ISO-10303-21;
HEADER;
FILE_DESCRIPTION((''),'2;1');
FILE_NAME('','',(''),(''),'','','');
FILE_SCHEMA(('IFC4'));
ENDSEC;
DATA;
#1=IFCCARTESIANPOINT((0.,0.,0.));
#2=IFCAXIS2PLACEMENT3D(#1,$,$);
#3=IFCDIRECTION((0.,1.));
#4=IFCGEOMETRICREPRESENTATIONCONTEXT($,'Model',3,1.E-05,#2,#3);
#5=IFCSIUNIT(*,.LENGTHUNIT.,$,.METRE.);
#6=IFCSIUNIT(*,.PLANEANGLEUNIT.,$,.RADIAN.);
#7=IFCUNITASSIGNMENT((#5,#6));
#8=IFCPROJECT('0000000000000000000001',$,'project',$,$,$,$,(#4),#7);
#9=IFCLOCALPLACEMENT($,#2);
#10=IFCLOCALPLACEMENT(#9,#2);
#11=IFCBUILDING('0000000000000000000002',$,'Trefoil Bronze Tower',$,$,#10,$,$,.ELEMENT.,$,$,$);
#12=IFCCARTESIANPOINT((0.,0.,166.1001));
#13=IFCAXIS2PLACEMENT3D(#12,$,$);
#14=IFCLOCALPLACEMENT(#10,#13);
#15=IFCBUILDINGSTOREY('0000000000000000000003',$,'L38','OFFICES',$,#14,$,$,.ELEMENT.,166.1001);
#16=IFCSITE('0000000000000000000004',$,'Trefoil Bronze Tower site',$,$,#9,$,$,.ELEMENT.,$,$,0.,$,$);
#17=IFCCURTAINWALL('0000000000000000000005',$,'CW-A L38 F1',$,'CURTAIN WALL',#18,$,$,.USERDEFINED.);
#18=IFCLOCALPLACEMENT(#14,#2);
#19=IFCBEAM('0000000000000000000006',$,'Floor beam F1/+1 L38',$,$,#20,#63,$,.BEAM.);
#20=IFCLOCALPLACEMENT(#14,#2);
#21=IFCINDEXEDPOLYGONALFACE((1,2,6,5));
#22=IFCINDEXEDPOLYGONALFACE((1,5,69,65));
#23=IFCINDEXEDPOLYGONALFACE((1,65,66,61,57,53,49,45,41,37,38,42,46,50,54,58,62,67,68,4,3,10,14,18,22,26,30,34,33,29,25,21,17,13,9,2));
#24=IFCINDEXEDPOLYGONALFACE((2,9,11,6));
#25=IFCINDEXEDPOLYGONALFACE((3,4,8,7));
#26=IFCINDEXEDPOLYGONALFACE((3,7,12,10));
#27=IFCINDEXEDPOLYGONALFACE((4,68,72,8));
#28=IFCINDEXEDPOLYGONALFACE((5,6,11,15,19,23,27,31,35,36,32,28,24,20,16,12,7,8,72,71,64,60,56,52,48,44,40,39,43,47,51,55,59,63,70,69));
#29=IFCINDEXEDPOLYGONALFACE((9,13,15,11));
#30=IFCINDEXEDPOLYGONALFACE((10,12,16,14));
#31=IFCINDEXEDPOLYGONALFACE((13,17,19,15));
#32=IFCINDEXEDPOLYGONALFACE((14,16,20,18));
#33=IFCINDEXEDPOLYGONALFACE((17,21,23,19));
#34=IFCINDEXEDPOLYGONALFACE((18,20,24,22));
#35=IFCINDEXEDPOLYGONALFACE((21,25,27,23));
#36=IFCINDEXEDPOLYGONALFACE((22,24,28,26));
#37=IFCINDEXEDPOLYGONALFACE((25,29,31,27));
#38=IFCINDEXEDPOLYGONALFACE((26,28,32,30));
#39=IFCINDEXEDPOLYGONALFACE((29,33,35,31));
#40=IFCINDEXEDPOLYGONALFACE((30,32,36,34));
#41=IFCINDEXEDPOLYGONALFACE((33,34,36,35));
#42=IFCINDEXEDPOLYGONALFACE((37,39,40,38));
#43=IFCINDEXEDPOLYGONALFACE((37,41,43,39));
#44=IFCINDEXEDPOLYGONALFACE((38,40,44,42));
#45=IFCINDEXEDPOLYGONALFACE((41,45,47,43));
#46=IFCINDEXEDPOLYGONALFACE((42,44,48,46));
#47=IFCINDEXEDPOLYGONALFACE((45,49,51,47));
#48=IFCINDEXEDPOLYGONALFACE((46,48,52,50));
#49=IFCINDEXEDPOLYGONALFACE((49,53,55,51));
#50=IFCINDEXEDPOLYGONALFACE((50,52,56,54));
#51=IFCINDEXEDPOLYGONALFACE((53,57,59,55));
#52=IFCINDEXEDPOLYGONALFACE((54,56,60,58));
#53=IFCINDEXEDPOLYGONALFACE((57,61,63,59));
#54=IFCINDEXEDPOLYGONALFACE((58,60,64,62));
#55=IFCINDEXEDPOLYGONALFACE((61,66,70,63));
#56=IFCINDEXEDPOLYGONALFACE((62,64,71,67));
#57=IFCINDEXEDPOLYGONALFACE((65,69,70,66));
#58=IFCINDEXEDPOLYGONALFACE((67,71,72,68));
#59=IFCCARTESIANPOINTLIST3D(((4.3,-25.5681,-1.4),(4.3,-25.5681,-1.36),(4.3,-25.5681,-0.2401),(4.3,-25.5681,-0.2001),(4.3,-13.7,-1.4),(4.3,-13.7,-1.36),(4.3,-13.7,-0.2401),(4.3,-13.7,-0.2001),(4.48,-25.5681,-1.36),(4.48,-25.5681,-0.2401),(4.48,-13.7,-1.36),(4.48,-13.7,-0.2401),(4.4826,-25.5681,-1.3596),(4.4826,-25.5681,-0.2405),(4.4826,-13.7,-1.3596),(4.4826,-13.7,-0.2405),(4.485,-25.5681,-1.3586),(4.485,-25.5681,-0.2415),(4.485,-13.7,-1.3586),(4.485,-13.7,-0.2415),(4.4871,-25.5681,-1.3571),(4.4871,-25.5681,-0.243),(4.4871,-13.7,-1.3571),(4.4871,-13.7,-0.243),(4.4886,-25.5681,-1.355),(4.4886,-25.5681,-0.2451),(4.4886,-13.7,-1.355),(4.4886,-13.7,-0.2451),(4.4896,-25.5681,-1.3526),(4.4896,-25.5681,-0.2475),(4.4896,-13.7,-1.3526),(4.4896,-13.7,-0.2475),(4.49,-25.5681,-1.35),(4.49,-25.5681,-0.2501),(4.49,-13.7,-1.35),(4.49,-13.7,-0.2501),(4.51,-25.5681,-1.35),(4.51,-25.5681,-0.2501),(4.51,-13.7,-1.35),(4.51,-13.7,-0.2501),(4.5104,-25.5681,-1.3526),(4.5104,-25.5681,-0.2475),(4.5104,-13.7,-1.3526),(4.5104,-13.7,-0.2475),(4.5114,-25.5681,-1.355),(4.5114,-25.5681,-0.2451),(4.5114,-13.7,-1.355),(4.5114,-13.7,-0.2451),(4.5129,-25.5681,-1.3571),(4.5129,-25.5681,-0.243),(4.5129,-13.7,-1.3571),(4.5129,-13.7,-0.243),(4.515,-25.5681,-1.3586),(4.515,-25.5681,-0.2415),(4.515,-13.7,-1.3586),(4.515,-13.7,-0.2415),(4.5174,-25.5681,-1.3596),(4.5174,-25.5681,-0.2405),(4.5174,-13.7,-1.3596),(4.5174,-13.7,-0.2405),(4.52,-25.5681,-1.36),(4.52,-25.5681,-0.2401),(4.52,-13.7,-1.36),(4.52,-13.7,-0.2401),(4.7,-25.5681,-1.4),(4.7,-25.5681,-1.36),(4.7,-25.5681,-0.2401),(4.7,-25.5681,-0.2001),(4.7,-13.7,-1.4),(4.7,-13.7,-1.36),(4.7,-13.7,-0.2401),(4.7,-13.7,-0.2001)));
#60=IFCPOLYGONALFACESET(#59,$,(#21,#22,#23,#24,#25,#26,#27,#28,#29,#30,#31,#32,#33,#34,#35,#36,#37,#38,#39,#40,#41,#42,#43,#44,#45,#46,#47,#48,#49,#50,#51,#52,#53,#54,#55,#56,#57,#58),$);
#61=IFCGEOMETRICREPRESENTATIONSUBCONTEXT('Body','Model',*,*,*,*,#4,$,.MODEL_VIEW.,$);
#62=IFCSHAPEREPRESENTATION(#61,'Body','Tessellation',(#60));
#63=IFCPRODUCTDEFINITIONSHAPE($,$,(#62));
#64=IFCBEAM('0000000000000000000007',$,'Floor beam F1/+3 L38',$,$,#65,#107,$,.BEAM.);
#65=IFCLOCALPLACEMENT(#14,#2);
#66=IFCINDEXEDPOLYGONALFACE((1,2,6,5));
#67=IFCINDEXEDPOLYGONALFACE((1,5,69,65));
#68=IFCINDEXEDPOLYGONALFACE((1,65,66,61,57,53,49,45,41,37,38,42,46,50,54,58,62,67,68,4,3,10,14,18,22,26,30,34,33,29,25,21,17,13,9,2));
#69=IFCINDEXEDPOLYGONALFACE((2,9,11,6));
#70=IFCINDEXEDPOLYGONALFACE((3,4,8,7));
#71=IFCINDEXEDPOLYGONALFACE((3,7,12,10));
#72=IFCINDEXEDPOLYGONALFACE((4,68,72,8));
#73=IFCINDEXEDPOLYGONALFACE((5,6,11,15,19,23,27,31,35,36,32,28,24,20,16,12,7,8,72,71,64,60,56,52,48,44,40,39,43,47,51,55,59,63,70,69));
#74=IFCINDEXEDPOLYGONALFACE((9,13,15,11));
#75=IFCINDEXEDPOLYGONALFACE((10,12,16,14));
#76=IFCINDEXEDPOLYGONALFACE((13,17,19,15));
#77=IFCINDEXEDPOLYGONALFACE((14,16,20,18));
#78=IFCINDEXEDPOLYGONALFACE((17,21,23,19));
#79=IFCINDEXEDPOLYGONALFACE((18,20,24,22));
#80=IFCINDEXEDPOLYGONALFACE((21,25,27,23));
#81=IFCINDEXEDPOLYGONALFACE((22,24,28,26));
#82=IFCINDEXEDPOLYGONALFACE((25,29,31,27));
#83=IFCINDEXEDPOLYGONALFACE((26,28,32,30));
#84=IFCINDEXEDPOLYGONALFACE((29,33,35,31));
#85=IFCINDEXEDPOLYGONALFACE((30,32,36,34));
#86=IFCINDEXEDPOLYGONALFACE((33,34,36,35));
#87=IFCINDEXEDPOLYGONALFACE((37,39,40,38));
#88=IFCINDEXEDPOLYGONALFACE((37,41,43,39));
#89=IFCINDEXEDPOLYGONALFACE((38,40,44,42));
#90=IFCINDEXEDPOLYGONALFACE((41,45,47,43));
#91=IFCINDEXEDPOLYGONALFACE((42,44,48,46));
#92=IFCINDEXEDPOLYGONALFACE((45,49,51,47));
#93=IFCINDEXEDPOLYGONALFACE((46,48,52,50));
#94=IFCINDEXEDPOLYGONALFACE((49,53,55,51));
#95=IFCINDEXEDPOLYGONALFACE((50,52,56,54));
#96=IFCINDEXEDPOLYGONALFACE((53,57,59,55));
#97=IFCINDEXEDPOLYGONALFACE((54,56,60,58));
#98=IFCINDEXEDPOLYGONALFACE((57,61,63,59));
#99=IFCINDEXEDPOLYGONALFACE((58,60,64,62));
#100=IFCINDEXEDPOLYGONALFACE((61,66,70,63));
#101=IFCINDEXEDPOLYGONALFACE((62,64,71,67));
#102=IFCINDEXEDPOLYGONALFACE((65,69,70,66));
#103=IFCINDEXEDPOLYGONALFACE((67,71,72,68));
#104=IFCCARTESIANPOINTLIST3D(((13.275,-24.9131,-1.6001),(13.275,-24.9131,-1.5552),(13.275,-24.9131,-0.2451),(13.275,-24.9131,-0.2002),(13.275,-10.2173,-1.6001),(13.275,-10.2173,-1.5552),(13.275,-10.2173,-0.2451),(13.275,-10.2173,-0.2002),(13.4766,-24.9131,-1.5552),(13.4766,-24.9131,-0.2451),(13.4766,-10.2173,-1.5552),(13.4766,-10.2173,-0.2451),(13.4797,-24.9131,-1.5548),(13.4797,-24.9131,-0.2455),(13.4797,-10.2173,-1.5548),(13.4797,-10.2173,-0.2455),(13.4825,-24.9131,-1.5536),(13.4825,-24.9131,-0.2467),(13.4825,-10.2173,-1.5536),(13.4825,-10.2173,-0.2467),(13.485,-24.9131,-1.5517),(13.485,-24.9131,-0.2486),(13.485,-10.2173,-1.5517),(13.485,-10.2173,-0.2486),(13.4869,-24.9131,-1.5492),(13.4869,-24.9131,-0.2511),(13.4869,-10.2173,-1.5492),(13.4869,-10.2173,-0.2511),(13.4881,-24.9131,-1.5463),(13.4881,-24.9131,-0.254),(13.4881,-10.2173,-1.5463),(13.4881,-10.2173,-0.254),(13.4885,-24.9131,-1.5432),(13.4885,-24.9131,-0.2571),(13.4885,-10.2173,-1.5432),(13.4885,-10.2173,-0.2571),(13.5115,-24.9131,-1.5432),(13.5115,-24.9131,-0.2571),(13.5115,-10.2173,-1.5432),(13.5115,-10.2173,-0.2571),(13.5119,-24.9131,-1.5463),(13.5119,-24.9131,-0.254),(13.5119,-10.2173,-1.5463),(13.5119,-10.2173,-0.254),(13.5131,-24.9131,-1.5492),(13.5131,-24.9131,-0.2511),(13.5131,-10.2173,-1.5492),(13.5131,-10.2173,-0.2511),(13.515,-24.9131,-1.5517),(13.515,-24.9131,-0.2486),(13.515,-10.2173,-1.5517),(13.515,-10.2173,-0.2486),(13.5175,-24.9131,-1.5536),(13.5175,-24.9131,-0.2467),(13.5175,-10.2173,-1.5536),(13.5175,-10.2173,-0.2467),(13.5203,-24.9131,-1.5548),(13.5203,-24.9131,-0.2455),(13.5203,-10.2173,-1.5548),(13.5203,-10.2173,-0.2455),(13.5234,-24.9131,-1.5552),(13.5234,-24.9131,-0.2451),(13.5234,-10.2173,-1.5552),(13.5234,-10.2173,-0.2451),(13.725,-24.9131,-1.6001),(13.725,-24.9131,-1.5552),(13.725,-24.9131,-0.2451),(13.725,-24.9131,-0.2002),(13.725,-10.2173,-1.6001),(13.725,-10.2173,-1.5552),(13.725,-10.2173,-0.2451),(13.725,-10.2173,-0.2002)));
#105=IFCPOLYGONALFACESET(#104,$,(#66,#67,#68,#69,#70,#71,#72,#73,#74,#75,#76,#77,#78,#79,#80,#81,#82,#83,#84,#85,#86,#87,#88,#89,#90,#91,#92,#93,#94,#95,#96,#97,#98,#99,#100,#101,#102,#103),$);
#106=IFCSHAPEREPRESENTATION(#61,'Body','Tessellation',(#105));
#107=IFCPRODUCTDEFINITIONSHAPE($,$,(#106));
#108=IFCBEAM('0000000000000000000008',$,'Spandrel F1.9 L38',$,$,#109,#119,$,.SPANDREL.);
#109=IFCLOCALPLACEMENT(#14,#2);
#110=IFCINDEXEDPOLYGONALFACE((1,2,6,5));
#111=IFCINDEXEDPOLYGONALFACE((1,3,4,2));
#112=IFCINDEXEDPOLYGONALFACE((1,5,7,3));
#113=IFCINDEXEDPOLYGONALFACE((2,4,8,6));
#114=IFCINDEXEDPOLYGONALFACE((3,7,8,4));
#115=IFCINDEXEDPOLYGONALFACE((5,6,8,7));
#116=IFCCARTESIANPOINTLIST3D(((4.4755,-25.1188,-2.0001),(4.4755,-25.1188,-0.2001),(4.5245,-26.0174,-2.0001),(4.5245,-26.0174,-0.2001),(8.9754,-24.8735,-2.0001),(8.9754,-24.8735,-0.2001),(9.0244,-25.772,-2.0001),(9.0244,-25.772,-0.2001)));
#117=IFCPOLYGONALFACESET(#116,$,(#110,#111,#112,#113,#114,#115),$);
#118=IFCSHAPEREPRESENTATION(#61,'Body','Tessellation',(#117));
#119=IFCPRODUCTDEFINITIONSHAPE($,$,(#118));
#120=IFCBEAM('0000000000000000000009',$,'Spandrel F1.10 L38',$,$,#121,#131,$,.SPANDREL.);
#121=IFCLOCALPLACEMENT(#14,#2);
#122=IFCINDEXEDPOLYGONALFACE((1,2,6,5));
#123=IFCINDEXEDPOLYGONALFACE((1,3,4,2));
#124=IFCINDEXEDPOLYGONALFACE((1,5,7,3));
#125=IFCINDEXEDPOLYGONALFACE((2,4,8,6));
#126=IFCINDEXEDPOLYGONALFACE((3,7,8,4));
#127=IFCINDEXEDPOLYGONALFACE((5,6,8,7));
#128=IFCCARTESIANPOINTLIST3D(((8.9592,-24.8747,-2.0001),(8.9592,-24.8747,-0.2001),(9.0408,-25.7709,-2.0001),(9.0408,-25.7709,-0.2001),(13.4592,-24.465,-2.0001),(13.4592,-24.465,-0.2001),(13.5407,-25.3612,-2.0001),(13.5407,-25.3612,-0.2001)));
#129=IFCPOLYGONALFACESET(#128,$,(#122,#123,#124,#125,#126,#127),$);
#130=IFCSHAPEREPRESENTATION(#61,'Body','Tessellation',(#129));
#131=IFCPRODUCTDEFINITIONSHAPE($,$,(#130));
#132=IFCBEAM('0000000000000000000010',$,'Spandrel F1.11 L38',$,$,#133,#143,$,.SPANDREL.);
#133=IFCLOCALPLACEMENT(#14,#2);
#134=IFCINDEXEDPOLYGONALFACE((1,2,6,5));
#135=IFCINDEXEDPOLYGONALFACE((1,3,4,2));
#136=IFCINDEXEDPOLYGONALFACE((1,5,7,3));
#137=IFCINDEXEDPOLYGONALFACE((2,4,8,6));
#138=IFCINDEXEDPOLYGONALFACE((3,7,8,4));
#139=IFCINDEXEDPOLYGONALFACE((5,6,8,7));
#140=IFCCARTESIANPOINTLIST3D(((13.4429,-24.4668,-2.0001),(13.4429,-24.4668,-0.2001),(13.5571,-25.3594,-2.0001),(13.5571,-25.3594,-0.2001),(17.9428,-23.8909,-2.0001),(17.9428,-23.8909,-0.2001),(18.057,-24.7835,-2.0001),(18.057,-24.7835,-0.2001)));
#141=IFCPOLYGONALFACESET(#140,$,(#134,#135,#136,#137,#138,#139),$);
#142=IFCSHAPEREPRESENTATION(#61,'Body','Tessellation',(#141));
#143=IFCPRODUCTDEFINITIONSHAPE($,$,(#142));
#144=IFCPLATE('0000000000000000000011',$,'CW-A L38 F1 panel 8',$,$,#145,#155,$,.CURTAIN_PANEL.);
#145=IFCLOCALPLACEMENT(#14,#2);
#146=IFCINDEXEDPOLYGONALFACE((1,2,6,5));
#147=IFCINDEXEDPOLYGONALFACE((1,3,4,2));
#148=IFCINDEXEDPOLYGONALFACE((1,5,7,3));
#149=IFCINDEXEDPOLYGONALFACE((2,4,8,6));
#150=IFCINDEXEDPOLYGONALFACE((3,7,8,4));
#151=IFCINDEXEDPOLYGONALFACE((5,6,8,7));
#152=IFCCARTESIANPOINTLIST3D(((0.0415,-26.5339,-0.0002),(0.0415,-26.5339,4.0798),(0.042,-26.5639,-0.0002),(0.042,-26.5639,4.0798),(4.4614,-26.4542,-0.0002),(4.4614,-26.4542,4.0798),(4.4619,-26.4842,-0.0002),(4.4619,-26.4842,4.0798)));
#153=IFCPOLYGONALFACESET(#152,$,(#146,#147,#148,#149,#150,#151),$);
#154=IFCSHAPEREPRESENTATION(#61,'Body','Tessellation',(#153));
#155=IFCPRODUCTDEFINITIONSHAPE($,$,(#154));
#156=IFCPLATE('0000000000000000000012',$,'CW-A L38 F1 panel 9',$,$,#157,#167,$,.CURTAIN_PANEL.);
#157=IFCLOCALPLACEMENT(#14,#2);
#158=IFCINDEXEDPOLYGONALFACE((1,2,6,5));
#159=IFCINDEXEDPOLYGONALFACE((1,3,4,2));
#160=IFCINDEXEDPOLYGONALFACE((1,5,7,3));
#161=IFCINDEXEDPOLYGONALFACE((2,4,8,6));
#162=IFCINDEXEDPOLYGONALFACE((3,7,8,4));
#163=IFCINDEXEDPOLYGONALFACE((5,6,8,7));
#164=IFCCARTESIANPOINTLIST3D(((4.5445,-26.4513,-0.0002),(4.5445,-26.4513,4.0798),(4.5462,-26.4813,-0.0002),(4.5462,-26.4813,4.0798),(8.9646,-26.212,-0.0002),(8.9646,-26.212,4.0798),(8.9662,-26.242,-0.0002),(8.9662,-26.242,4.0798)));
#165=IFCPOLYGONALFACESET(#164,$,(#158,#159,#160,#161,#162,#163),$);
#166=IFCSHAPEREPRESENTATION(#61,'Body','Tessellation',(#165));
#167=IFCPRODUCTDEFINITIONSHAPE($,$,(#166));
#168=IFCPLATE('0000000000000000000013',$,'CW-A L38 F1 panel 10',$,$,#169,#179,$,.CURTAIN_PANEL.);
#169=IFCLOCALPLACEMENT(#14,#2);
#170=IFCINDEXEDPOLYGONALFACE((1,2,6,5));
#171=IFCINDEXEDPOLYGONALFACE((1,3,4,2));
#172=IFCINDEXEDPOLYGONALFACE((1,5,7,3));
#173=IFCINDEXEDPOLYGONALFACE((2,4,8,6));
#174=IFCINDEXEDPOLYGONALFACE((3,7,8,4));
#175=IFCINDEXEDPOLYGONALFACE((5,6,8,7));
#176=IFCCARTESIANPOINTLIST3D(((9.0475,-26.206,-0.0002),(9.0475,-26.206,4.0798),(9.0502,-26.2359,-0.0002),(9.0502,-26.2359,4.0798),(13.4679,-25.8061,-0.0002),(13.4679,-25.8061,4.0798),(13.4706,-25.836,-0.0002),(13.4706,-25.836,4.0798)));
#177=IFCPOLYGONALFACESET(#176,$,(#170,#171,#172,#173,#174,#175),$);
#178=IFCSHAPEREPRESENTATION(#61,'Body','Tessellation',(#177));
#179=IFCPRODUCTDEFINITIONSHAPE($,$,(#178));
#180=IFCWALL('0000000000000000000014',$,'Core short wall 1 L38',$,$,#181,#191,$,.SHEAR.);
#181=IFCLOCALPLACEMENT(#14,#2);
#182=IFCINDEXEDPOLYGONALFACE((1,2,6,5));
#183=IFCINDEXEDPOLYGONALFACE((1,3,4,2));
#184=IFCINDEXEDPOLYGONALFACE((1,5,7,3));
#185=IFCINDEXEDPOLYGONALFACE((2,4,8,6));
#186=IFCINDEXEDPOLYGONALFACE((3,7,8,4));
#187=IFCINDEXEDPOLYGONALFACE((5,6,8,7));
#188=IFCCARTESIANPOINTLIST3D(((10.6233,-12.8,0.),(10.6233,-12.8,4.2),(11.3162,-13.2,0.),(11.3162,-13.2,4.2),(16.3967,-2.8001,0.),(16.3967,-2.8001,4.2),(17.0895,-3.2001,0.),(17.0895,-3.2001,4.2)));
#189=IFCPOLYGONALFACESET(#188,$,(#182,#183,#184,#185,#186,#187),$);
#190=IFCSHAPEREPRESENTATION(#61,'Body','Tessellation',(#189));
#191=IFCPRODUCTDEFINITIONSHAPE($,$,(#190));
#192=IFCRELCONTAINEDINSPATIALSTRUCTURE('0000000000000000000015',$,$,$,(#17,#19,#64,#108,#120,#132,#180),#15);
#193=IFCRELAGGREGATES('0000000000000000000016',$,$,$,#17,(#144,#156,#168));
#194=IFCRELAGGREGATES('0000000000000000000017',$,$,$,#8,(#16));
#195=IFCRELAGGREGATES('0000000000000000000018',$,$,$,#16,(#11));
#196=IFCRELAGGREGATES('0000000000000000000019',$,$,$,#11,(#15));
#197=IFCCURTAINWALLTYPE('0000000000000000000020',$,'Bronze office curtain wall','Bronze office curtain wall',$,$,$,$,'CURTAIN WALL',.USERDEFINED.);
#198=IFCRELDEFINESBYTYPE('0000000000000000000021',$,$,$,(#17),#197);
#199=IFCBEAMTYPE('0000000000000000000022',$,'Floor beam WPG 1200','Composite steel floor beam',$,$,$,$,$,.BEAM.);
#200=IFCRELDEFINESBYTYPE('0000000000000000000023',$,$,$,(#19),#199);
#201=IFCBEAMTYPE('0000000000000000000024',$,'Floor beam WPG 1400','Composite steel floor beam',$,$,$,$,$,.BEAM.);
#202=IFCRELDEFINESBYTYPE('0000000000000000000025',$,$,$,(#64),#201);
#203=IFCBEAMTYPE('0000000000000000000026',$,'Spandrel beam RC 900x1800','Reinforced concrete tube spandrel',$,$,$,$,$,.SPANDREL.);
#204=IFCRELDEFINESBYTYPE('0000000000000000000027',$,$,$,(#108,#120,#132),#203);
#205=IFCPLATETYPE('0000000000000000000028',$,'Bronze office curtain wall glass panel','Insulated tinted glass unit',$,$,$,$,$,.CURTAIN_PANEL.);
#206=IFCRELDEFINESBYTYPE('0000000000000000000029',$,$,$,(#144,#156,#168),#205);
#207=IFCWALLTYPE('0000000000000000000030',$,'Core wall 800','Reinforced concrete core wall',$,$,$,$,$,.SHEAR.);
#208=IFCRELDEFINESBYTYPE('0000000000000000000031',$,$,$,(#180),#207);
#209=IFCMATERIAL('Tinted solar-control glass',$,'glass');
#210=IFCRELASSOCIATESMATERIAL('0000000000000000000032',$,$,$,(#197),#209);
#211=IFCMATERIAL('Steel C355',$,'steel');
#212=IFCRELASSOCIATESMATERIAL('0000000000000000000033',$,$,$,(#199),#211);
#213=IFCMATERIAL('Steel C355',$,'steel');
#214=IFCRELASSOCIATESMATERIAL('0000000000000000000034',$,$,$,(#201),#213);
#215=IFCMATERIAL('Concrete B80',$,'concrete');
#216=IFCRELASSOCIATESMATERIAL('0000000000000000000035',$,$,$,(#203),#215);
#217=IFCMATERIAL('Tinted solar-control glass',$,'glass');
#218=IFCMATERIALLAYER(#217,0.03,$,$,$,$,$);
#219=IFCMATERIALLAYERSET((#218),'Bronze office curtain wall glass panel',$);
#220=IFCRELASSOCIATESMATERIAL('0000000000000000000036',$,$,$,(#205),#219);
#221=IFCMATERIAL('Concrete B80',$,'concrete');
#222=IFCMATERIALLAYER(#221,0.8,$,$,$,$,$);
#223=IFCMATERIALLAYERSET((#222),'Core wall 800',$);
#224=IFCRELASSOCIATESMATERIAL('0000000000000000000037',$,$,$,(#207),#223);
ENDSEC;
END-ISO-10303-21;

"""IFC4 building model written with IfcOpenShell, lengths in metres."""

from ifc_helpers import new_model, si_unit, direction, frame, frame_2d, origin, origin_2d, place, context, subcontext, project, spatial, rectangle, i_section, extrude, material, layer, layer_set, material_profile, profile_set, type_object, element, aggregate, save


model = new_model("IFC4")

# Units and contexts
model_context = context("Model", 3, precision=1e-05, world=origin(), true_north=direction((0.0, 1.0)))
body_context = subcontext(model_context, "Body", "Model", "MODEL_VIEW")
ifc_project = project(units=[si_unit("LENGTHUNIT", "METRE"), si_unit("PLANEANGLEUNIT", "RADIAN")], contexts=[model_context])

# Site, building, storey
site_placement = place(None, origin())
site = spatial("IfcSite", under=ifc_project, at=site_placement, Name="Trefoil Bronze Tower site", CompositionType="ELEMENT", RefElevation=0.0)
building_placement = place(site_placement, origin())
building = spatial("IfcBuilding", under=site, at=building_placement, Name="Trefoil Bronze Tower", CompositionType="ELEMENT")
storey_placement = place(building_placement, frame((0.0, 0.0, 166.1001)))
storey = spatial("IfcBuildingStorey", under=building, at=storey_placement, Name="L38", Description="OFFICES", CompositionType="ELEMENT", Elevation=166.1001)

# Curtain wall
ifc_material_1 = material(Name="Tinted solar-control glass", Category="glass")
curtain_wall_type = type_object("IfcCurtainWallType", Name="Bronze office curtain wall", Description="Bronze office curtain wall", ElementType="CURTAIN WALL", PredefinedType="USERDEFINED", material=ifc_material_1)
curtain_wall_placement = place(storey_placement, origin())
curtain_wall = element("IfcCurtainWall", 1, at=curtain_wall_placement, inside=storey, type_object=curtain_wall_type, Name="CW-A L38 F1", ObjectType="CURTAIN WALL", PredefinedType="USERDEFINED")

# Beams
ifc_material_2 = material(Name="Steel C355", Category="steel")
ifc_material_profile_1 = material_profile(ifc_material_2, i_section(OverallWidth=0.3999, OverallDepth=1.2, WebThickness=0.02, FlangeThickness=0.04, FilletRadius=0.01, at=origin_2d()), Name="WPG 1200")
ifc_profile_set_1 = profile_set([ifc_material_profile_1], Name="Steel C355")
beam_type_1 = type_object("IfcBeamType", Name="Floor beam WPG 1200", Description="Composite steel floor beam", PredefinedType="BEAM", material=ifc_profile_set_1)
beam_1_placement = place(storey_placement, frame((4.5, -25.5681, -0.8), z_axis=(0.0, 1.0, 0.0), x_axis=(-1.0, 0.0, 0.0)))
element("IfcBeam", 2, at=beam_1_placement, inside=storey, type_object=beam_type_1, Name="Floor beam F1/+1 L38", PredefinedType="BEAM", context=body_context, shape_type="SweptSolid", body=[
    extrude(i_section(OverallWidth=0.3999, OverallDepth=1.2, WebThickness=0.02, FlangeThickness=0.04, FilletRadius=0.01, at=origin_2d()), origin(), (0.0, 0.0, 1.0), 11.8682),
])
ifc_material_3 = material(Name="Steel C355", Category="steel")
ifc_material_profile_2 = material_profile(ifc_material_3, i_section(OverallWidth=0.45, OverallDepth=1.3999, WebThickness=0.0229, FlangeThickness=0.0449, FilletRadius=0.012, at=origin_2d()), Name="WPG 1400")
ifc_profile_set_2 = profile_set([ifc_material_profile_2], Name="Steel C355")
beam_type_2 = type_object("IfcBeamType", Name="Floor beam WPG 1400", Description="Composite steel floor beam", PredefinedType="BEAM", material=ifc_profile_set_2)
beam_2_placement = place(storey_placement, frame((13.5, -24.9131, -0.9001), z_axis=(0.0, 1.0, 0.0), x_axis=(-1.0, 0.0, 0.0)))
element("IfcBeam", 3, at=beam_2_placement, inside=storey, type_object=beam_type_2, Name="Floor beam F1/+3 L38", PredefinedType="BEAM", context=body_context, shape_type="SweptSolid", body=[
    extrude(i_section(OverallWidth=0.45, OverallDepth=1.3999, WebThickness=0.0229, FlangeThickness=0.0449, FilletRadius=0.012, at=origin_2d()), origin(), (0.0, 0.0, 1.0), 14.6958),
])
ifc_material_4 = material(Name="Concrete B80", Category="concrete")
ifc_material_profile_3 = material_profile(ifc_material_4, rectangle(XDim=0.8999, YDim=1.8, at=origin_2d()), Name="RC 900x1800")
ifc_profile_set_3 = profile_set([ifc_material_profile_3], Name="Concrete B80")
beam_type_3 = type_object("IfcBeamType", Name="Spandrel beam RC 900x1800", Description="Reinforced concrete tube spandrel", PredefinedType="SPANDREL", material=ifc_profile_set_3)
beam_3_placement = place(storey_placement, frame((4.5, -25.5681, -1.1001), z_axis=(0.998517, 0.054444, 0.0), x_axis=(-0.054444, 0.998517, 0.0)))
element("IfcBeam", 4, at=beam_3_placement, inside=storey, type_object=beam_type_3, Name="Spandrel F1.9 L38", PredefinedType="SPANDREL", context=body_context, shape_type="SweptSolid", body=[
    extrude(rectangle(XDim=0.8999, YDim=1.8, at=origin_2d()), origin(), (0.0, 0.0, 1.0), 4.5066),
])
beam_4_placement = place(storey_placement, frame((9.0, -25.3228, -1.1001), z_axis=(0.995882, 0.090662, 0.0), x_axis=(-0.090662, 0.995882, 0.0)))
element("IfcBeam", 5, at=beam_4_placement, inside=storey, type_object=beam_type_3, Name="Spandrel F1.10 L38", PredefinedType="SPANDREL", context=body_context, shape_type="SweptSolid", body=[
    extrude(rectangle(XDim=0.8999, YDim=1.8, at=origin_2d()), origin(), (0.0, 0.0, 1.0), 4.5186),
])
beam_5_placement = place(storey_placement, frame((13.5, -24.9131, -1.1001), z_axis=(0.991909, 0.126948, 0.0), x_axis=(-0.126948, 0.991909, 0.0)))
element("IfcBeam", 6, at=beam_5_placement, inside=storey, type_object=beam_type_3, Name="Spandrel F1.11 L38", PredefinedType="SPANDREL", context=body_context, shape_type="SweptSolid", body=[
    extrude(rectangle(XDim=0.8999, YDim=1.8, at=origin_2d()), origin(), (0.0, 0.0, 1.0), 4.5366),
])

# Plates
ifc_material_5 = material(Name="Tinted solar-control glass", Category="glass")
ifc_layer_1 = layer(ifc_material_5, 0.03)
ifc_layer_set_1 = layer_set([ifc_layer_1], Name="Bronze office curtain wall glass panel")
plate_type = type_object("IfcPlateType", Name="Bronze office curtain wall glass panel", Description="Insulated tinted glass unit", PredefinedType="CURTAIN_PANEL", material=ifc_layer_set_1)
plate_1_placement = place(storey_placement, frame((2.2517, -26.509, -0.0002), z_axis=(0.0, 0.0, 1.0), x_axis=(0.999838, 0.018021, 0.0)))
plate_1 = element("IfcPlate", 7, at=plate_1_placement, type_object=plate_type, Name="CW-A L38 F1 panel 8", PredefinedType="CURTAIN_PANEL", context=body_context, shape_type="SweptSolid", body=[
    extrude(rectangle(XDim=4.4207, YDim=0.03, at=origin_2d()), origin(), (0.0, 0.0, 1.0), 4.0801),
])
plate_2_placement = place(storey_placement, frame((6.7554, -26.3467, -0.0002), z_axis=(0.0, 0.0, 1.0), x_axis=(0.998538, 0.054063, 0.0)))
plate_2 = element("IfcPlate", 8, at=plate_2_placement, type_object=plate_type, Name="CW-A L38 F1 panel 9", PredefinedType="CURTAIN_PANEL", context=body_context, shape_type="SweptSolid", body=[
    extrude(rectangle(XDim=4.4265, YDim=0.03, at=origin_2d()), origin(), (0.0, 0.0, 1.0), 4.0801),
])
plate_3_placement = place(storey_placement, frame((11.259, -26.021, -0.0002), z_axis=(0.0, 0.0, 1.0), x_axis=(0.995932, 0.090105, 0.0)))
plate_3 = element("IfcPlate", 9, at=plate_3_placement, type_object=plate_type, Name="CW-A L38 F1 panel 10", PredefinedType="CURTAIN_PANEL", context=body_context, shape_type="SweptSolid", body=[
    extrude(rectangle(XDim=4.4385, YDim=0.03, at=origin_2d()), origin(), (0.0, 0.0, 1.0), 4.0801),
])
aggregate(curtain_wall, [plate_1, plate_2, plate_3])

# Wall
ifc_material_6 = material(Name="Concrete B80", Category="concrete")
ifc_layer_2 = layer(ifc_material_6, 0.8)
ifc_layer_set_2 = layer_set([ifc_layer_2], Name="Core wall 800")
wall_type_1 = type_object("IfcWallType", Name="Core wall 800", Description="Reinforced concrete core wall", PredefinedType="SHEAR", material=ifc_layer_set_2)
wall_1_placement = place(storey_placement, frame((10.9697, -13.0, 0.0), z_axis=(0.0, 0.0, 1.0), x_axis=(0.499996, 0.866028, 0.0)))
element("IfcWall", 10, at=wall_1_placement, inside=storey, type_object=wall_type_1, Name="Core short wall 1 L38", PredefinedType="SHEAR", context=body_context, shape_type="SweptSolid", body=[
    extrude(rectangle(XDim=11.5469, YDim=0.8, at=frame_2d((5.7734, 0.0))), origin(), (0.0, 0.0, 1.0), 4.2),
])

save(model, "model.ifc")
